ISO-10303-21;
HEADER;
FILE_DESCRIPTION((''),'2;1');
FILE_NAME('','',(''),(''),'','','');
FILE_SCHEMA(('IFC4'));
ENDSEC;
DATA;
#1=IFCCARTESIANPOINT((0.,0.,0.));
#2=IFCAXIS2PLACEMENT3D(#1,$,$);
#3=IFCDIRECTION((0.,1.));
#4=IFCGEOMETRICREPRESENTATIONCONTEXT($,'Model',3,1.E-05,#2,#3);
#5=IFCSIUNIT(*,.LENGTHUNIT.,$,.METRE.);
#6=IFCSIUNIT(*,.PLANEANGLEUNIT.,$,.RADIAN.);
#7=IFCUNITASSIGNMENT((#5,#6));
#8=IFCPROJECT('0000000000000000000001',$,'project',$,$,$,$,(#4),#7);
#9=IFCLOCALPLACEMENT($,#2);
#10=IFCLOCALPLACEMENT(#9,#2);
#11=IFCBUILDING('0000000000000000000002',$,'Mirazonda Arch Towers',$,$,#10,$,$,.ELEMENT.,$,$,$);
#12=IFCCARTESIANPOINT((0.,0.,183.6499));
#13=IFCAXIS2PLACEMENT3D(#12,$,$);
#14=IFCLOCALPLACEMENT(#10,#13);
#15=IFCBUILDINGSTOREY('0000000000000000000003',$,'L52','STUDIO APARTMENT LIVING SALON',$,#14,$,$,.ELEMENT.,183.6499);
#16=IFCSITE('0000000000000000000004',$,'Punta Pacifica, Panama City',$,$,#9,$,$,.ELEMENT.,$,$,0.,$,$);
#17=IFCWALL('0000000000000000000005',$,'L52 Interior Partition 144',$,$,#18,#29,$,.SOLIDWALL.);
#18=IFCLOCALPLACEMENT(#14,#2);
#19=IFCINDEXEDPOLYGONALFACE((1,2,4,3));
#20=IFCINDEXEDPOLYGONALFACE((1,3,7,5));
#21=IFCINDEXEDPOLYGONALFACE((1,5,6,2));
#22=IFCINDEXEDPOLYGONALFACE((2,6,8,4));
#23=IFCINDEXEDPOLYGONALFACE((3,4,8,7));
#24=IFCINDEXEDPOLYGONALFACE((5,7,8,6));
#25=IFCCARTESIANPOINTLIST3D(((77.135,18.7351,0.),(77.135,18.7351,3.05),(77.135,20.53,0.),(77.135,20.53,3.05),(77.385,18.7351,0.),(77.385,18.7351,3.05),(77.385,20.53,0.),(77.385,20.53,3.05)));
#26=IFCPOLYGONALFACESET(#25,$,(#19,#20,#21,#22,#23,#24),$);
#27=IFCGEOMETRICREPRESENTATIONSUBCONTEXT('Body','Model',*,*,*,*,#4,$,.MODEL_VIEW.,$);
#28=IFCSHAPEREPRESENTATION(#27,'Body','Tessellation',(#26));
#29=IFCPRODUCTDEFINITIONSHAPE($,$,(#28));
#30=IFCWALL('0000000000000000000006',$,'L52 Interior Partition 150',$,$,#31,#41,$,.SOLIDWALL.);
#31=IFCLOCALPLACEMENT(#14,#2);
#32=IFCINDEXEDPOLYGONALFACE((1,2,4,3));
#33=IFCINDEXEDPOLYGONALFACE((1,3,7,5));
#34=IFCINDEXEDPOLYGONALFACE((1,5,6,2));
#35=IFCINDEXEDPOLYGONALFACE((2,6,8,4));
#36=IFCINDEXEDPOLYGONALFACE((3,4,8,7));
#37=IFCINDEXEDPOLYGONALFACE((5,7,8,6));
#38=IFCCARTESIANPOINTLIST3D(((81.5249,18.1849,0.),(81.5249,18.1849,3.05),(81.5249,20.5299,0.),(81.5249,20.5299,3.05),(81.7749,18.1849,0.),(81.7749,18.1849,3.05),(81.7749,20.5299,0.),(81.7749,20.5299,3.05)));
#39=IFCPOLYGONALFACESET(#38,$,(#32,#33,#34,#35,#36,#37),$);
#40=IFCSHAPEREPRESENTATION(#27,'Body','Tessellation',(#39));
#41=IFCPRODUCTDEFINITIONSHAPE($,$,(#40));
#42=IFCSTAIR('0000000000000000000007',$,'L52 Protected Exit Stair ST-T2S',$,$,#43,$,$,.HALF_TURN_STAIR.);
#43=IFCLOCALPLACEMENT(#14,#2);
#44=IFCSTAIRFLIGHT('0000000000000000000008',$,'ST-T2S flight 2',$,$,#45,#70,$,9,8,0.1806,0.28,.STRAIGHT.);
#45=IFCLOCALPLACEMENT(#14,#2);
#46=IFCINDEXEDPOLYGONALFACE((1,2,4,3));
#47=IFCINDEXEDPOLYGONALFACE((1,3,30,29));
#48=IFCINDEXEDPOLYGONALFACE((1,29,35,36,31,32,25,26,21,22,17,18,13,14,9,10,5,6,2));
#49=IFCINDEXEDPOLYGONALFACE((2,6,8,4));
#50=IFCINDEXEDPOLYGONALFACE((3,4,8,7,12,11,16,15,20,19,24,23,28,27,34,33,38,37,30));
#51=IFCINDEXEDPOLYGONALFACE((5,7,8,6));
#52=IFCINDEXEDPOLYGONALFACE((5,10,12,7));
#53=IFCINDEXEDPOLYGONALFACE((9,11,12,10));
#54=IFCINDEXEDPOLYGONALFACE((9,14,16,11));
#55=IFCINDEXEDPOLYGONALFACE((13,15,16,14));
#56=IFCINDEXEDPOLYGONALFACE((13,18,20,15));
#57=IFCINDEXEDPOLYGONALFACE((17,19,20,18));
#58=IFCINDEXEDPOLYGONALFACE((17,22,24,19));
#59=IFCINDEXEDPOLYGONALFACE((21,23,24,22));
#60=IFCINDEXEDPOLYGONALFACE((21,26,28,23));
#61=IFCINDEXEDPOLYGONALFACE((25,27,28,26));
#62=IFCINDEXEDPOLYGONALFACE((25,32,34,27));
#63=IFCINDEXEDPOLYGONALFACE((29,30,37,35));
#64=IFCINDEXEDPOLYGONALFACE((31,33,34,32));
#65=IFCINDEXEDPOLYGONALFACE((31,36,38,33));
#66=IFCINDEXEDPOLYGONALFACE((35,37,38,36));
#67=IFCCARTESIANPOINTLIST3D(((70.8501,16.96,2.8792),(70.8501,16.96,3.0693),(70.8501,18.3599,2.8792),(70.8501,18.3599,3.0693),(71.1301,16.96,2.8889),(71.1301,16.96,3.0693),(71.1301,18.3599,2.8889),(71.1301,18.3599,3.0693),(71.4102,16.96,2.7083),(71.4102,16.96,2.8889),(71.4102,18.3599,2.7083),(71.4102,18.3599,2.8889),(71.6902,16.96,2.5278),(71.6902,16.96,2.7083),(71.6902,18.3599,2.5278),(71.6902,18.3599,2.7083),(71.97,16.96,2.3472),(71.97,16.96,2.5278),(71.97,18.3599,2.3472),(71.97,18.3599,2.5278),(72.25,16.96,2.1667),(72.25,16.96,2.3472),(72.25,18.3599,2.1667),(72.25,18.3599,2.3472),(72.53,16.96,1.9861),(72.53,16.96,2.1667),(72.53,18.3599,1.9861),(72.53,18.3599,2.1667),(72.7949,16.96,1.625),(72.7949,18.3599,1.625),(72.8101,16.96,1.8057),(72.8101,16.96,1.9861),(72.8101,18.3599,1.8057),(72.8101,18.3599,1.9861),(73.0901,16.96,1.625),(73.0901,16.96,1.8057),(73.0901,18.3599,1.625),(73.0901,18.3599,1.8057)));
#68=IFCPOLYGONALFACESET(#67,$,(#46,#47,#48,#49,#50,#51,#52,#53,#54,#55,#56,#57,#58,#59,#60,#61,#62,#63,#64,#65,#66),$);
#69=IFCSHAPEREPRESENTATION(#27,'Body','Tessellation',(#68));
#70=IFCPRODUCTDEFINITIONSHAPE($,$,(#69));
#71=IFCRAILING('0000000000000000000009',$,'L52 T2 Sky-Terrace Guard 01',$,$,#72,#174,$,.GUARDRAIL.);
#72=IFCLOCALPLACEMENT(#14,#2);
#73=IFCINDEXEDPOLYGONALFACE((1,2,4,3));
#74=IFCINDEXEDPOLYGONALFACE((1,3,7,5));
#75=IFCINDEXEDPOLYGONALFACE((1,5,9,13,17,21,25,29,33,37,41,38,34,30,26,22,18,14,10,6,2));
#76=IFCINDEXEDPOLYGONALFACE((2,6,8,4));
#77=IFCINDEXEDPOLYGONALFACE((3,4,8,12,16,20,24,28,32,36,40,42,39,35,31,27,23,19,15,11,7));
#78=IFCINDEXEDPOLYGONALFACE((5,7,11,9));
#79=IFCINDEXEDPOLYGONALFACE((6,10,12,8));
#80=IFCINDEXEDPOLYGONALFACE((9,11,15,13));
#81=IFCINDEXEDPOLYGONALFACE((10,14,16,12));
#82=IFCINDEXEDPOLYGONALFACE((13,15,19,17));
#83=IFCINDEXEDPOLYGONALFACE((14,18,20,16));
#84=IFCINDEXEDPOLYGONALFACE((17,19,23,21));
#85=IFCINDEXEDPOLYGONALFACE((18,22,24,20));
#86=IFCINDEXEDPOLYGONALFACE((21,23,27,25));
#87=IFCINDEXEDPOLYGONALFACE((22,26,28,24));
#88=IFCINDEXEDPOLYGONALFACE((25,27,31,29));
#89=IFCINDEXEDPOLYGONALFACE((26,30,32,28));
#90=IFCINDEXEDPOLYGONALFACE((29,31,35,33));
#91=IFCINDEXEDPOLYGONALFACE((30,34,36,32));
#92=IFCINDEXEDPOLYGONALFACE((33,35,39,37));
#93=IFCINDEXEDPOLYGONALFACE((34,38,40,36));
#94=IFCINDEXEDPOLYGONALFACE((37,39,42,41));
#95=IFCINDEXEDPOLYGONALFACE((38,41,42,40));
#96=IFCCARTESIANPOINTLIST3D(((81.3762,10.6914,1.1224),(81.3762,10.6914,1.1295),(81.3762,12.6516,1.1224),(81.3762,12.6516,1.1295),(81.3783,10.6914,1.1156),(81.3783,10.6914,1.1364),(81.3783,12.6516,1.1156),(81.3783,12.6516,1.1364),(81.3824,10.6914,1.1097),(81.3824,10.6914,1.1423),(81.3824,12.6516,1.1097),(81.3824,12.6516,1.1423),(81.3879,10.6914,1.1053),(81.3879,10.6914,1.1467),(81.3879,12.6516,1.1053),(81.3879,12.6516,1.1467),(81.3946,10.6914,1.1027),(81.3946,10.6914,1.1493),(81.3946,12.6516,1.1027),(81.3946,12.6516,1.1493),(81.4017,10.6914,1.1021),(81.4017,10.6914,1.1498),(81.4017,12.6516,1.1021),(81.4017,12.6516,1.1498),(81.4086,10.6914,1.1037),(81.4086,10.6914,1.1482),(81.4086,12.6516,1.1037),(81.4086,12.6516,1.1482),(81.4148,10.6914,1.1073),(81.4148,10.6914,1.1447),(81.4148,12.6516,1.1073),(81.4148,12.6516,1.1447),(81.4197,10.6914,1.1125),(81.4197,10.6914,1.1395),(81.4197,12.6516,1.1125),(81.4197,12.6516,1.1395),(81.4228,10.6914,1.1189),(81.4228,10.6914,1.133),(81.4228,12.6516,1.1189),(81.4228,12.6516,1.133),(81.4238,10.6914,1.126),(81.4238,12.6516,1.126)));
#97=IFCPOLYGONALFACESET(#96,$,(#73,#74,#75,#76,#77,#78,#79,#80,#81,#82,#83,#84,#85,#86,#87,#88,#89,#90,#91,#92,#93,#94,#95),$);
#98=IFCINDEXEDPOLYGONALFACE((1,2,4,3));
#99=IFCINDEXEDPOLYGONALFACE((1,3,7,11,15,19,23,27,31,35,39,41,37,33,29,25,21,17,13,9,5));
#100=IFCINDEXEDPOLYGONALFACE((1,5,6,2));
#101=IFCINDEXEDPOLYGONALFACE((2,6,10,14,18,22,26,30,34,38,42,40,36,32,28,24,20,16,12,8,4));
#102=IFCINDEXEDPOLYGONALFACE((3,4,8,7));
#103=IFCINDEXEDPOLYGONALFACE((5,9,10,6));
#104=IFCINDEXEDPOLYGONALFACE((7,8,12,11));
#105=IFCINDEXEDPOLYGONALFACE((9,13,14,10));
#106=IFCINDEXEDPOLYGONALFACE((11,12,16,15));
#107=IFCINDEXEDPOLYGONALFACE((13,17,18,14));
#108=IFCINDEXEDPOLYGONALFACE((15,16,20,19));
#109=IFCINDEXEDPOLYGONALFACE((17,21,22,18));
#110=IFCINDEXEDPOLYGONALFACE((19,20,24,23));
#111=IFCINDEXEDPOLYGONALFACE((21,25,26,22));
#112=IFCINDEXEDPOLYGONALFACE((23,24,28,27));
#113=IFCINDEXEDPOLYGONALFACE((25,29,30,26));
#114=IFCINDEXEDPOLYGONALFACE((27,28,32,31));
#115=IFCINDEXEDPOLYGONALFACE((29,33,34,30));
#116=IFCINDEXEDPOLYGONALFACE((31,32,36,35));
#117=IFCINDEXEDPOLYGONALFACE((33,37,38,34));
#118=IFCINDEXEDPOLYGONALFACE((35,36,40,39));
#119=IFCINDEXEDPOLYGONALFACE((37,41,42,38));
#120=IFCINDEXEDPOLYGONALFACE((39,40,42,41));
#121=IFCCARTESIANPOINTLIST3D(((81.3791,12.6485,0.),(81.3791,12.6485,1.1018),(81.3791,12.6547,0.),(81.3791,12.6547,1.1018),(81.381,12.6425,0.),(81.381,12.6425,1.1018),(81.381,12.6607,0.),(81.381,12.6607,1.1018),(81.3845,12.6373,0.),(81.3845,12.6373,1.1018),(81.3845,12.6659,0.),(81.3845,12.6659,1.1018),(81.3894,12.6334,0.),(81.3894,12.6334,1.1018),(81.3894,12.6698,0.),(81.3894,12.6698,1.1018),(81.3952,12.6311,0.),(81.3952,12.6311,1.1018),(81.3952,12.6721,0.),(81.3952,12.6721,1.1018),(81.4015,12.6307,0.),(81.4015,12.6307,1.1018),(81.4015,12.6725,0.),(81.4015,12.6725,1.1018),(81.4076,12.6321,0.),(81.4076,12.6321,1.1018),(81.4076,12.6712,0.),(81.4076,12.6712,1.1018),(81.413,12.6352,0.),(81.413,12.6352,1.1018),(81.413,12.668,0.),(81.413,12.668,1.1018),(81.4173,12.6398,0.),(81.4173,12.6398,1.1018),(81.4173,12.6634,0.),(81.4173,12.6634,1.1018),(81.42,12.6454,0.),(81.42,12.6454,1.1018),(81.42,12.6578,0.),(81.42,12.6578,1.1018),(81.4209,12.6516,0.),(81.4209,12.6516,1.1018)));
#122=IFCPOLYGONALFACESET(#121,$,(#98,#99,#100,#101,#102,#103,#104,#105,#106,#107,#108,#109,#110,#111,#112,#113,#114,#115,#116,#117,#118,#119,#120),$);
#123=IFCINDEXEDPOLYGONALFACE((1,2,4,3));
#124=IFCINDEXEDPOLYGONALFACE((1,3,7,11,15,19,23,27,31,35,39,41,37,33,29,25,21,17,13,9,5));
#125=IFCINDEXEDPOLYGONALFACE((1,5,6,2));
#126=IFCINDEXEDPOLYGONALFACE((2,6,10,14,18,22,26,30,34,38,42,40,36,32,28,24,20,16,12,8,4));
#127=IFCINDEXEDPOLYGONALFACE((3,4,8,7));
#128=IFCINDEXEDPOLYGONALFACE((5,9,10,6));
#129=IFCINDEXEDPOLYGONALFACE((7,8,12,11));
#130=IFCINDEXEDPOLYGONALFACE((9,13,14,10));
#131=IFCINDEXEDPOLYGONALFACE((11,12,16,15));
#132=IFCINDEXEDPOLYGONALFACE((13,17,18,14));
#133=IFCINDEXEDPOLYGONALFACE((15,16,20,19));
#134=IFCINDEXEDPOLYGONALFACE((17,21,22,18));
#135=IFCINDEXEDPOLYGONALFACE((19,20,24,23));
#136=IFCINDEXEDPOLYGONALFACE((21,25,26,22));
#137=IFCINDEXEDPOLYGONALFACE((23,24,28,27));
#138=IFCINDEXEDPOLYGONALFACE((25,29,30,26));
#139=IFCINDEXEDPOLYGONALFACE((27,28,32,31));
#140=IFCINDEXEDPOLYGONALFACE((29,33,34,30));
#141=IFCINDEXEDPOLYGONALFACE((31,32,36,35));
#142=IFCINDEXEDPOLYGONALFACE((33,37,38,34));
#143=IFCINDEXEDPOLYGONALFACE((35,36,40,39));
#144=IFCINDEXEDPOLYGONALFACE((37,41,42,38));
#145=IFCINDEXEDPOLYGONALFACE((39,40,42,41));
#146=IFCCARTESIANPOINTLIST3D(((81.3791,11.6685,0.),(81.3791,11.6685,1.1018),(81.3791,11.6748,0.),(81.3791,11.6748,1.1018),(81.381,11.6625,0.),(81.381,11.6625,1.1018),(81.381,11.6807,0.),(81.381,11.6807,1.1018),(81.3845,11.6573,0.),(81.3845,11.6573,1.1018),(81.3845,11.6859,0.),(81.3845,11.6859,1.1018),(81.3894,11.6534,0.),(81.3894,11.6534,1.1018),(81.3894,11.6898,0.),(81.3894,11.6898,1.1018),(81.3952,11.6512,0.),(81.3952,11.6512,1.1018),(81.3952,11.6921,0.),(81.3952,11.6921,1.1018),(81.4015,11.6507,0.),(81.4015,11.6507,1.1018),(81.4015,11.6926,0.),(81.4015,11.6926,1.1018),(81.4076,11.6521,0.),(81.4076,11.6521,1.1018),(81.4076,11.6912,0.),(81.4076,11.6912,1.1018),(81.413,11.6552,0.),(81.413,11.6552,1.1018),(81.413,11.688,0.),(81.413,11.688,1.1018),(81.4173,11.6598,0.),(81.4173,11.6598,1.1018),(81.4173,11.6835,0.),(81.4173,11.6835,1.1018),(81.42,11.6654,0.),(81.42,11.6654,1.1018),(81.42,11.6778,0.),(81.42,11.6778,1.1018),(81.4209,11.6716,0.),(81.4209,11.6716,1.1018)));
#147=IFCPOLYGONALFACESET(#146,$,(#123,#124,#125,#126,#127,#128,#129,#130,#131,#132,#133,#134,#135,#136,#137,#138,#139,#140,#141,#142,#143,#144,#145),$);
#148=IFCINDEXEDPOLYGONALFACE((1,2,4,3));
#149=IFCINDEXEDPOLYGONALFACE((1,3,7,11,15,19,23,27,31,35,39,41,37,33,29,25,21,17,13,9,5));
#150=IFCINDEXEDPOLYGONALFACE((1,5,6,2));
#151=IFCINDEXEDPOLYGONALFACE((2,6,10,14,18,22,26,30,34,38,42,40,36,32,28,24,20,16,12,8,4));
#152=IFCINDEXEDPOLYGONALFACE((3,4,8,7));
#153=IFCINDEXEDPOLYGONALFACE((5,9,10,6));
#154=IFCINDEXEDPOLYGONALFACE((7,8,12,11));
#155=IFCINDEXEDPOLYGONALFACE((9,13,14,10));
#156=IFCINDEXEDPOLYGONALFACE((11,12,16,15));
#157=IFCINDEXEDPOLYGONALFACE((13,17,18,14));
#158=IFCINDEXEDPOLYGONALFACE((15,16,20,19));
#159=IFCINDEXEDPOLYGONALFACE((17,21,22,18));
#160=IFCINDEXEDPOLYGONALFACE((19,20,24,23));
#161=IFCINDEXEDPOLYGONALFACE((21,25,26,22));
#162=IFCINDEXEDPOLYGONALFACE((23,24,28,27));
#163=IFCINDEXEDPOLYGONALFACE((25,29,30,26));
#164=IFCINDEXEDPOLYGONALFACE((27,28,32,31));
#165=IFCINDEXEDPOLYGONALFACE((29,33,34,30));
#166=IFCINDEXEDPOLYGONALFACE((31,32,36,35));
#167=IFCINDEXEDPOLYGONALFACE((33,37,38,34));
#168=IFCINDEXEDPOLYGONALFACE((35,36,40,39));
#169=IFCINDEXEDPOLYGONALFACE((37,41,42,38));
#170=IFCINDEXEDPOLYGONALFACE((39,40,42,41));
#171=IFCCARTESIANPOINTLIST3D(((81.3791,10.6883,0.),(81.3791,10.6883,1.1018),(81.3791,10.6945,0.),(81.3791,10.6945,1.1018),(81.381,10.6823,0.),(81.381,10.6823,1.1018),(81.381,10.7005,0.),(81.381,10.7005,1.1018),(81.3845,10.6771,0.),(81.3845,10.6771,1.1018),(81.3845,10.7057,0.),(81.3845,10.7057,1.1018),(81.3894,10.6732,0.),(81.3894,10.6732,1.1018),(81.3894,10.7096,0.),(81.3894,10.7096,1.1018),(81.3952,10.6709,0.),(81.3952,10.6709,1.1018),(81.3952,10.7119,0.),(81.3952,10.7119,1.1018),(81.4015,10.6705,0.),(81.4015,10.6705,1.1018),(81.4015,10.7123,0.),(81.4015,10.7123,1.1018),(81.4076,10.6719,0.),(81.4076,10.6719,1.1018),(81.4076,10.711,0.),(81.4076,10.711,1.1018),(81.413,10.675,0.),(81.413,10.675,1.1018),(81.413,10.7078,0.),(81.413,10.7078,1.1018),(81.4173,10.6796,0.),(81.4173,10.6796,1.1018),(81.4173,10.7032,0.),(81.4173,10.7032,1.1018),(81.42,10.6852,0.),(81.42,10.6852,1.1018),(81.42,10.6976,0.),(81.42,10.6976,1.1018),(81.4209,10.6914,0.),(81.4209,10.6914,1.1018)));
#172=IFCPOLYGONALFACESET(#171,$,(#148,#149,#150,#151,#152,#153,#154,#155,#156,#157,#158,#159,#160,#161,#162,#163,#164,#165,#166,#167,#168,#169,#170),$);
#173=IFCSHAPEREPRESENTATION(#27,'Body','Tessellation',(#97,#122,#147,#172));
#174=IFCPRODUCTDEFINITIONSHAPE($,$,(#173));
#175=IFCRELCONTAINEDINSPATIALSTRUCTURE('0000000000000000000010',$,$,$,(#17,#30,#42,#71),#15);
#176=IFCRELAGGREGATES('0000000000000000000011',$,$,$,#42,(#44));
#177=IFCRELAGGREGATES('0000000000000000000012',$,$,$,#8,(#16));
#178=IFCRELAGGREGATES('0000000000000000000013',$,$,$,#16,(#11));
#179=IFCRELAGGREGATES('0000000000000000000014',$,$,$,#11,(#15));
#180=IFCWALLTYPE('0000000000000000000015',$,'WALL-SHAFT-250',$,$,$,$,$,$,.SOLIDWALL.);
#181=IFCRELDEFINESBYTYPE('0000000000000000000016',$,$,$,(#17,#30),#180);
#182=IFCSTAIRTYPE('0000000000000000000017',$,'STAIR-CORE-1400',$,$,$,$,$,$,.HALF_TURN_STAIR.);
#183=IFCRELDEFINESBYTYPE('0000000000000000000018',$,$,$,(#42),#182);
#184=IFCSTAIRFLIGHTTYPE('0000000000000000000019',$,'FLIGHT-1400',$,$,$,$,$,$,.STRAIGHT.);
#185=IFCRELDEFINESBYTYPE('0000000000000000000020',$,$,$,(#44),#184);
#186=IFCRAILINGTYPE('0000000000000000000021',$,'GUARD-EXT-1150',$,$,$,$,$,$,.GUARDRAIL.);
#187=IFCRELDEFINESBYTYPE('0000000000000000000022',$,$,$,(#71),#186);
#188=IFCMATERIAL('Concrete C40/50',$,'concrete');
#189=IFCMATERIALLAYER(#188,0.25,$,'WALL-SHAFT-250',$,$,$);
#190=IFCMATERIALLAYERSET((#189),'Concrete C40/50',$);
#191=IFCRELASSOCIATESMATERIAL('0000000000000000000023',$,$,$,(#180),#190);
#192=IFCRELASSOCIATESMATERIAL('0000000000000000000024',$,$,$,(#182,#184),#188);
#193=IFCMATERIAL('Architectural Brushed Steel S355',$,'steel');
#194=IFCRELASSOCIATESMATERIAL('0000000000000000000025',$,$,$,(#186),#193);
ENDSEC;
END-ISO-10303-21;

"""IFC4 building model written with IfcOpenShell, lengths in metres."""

from ifc_helpers import new_model, si_unit, direction, frame, frame_2d, origin, origin_2d, place, context, subcontext, project, spatial, polyline, rectangle, circle, outline, extrude, material, layer, layer_set, type_object, element, aggregate, save


model = new_model("IFC4")

# Units and contexts
model_context = context("Model", 3, precision=1e-05, world=origin(), true_north=direction((0.0, 1.0)))
body_context = subcontext(model_context, "Body", "Model", "MODEL_VIEW")
ifc_project = project(units=[si_unit("LENGTHUNIT", "METRE"), si_unit("PLANEANGLEUNIT", "RADIAN")], contexts=[model_context])

# Site, building, storey
site_placement = place(None, origin())
site = spatial("IfcSite", under=ifc_project, at=site_placement, Name="Punta Pacifica, Panama City", CompositionType="ELEMENT", RefElevation=0.0)
building_placement = place(site_placement, origin())
building = spatial("IfcBuilding", under=site, at=building_placement, Name="Mirazonda Arch Towers", CompositionType="ELEMENT")
storey_placement = place(building_placement, frame((0.0, 0.0, 183.6499)))
storey = spatial("IfcBuildingStorey", under=building, at=storey_placement, Name="L52", Description="STUDIO APARTMENT LIVING SALON", CompositionType="ELEMENT", Elevation=183.6499)

# Shared definitions
ifc_material_1 = material(Name="Architectural Brushed Steel S355", Category="steel")

# Walls
ifc_material_2 = material(Name="Concrete C40/50", Category="concrete")
ifc_layer_1 = layer(ifc_material_2, 0.25, Name="WALL-SHAFT-250")
ifc_layer_set_1 = layer_set([ifc_layer_1], Name="Concrete C40/50")
wall_type_1 = type_object("IfcWallType", Name="WALL-SHAFT-250", PredefinedType="SOLIDWALL", material=ifc_layer_set_1)
wall_1_placement = place(storey_placement, frame((77.26, 18.7351, 0.0), z_axis=(0.0, 0.0, 1.0), x_axis=(0.0, 1.0, 0.0)))
element("IfcWall", 1, at=wall_1_placement, inside=storey, type_object=wall_type_1, Name="L52 Interior Partition 144", PredefinedType="SOLIDWALL", context=body_context, shape_type="SweptSolid", body=[
    extrude(rectangle(XDim=1.7949, YDim=0.25, at=frame_2d((0.8975, 0.0))), origin(), (0.0, 0.0, 1.0), 3.05),
])
wall_2_placement = place(storey_placement, frame((81.6499, 18.1851, 0.0), z_axis=(0.0, 0.0, 1.0), x_axis=(0.0, 1.0, 0.0)))
element("IfcWall", 2, at=wall_2_placement, inside=storey, type_object=wall_type_1, Name="L52 Interior Partition 150", PredefinedType="SOLIDWALL", context=body_context, shape_type="SweptSolid", body=[
    extrude(rectangle(XDim=2.345, YDim=0.25, at=frame_2d((1.1724, 0.0))), origin(), (0.0, 0.0, 1.0), 3.05),
])

# Stair, stair flight
stair_type = type_object("IfcStairType", Name="STAIR-CORE-1400", PredefinedType="HALF_TURN_STAIR", material=ifc_material_2)
stair_placement = place(storey_placement, origin())
stair = element("IfcStair", 3, at=stair_placement, inside=storey, type_object=stair_type, Name="L52 Protected Exit Stair ST-T2S", PredefinedType="HALF_TURN_STAIR")
stair_flight_type = type_object("IfcStairFlightType", Name="FLIGHT-1400", PredefinedType="STRAIGHT", material=ifc_material_2)
stair_flight_placement = place(storey_placement, frame((73.0901, 17.6599, 1.625), z_axis=(0.0, 0.0, 1.0), x_axis=(-1.0, 0.0, 0.0)))
stair_flight = element("IfcStairFlight", 4, at=stair_flight_placement, type_object=stair_flight_type, Name="ST-T2S flight 2", NumberOfRisers=9, NumberOfTreads=8, PredefinedType="STRAIGHT", RiserHeight=0.1806, TreadLength=0.28, context=body_context, shape_type="SweptSolid", body=[
    extrude(outline(polyline([(0.0, 0.0), (0.0, 0.1807), (0.28, 0.1807), (0.28, 0.3611), (0.5601, 0.3611), (0.5601, 0.5417), (0.8401, 0.5417), (0.8401, 0.7222), (1.1201, 0.7222), (1.1201, 0.9028), (1.3999, 0.9028), (1.3999, 1.0833), (1.6799, 1.0833), (1.6799, 1.2639), (1.96, 1.2639), (1.96, 1.4443), (2.24, 1.4443), (2.24, 1.625), (2.24, 1.2542), (0.2952, 0.0), (0.0, 0.0)])), frame((0.0, 0.7, 0.0), z_axis=(0.0, -1.0, 0.0), x_axis=(1.0, 0.0, 0.0)), (0.0, 0.0, 1.0), 1.3999),
])
aggregate(stair, [stair_flight])

# Railing
railing_type_1 = type_object("IfcRailingType", Name="GUARD-EXT-1150", PredefinedType="GUARDRAIL", material=ifc_material_1)
railing_1_placement = place(storey_placement, frame((81.3999, 12.6516, 0.0)))
element("IfcRailing", 5, at=railing_1_placement, inside=storey, type_object=railing_type_1, Name="L52 T2 Sky-Terrace Guard 01", PredefinedType="GUARDRAIL", context=body_context, shape_type="SweptSolid", body=[
    extrude(circle(Radius=0.0239, at=origin_2d()), frame((0.0, 0.0, 1.126), z_axis=(0.0, -1.0, 0.0), x_axis=(1.0, 0.0, 0.0)), (0.0, 0.0, 1.0), 1.9602),
    extrude(circle(Radius=0.021, at=origin_2d()), origin(), (0.0, 0.0, 1.0), 1.1018),
    extrude(circle(Radius=0.021, at=origin_2d()), frame((0.0, -0.98, 0.0)), (0.0, 0.0, 1.0), 1.1018),
    extrude(circle(Radius=0.021, at=origin_2d()), frame((0.0, -1.9602, 0.0)), (0.0, 0.0, 1.0), 1.1018),
])

save(model, "model.ifc")
